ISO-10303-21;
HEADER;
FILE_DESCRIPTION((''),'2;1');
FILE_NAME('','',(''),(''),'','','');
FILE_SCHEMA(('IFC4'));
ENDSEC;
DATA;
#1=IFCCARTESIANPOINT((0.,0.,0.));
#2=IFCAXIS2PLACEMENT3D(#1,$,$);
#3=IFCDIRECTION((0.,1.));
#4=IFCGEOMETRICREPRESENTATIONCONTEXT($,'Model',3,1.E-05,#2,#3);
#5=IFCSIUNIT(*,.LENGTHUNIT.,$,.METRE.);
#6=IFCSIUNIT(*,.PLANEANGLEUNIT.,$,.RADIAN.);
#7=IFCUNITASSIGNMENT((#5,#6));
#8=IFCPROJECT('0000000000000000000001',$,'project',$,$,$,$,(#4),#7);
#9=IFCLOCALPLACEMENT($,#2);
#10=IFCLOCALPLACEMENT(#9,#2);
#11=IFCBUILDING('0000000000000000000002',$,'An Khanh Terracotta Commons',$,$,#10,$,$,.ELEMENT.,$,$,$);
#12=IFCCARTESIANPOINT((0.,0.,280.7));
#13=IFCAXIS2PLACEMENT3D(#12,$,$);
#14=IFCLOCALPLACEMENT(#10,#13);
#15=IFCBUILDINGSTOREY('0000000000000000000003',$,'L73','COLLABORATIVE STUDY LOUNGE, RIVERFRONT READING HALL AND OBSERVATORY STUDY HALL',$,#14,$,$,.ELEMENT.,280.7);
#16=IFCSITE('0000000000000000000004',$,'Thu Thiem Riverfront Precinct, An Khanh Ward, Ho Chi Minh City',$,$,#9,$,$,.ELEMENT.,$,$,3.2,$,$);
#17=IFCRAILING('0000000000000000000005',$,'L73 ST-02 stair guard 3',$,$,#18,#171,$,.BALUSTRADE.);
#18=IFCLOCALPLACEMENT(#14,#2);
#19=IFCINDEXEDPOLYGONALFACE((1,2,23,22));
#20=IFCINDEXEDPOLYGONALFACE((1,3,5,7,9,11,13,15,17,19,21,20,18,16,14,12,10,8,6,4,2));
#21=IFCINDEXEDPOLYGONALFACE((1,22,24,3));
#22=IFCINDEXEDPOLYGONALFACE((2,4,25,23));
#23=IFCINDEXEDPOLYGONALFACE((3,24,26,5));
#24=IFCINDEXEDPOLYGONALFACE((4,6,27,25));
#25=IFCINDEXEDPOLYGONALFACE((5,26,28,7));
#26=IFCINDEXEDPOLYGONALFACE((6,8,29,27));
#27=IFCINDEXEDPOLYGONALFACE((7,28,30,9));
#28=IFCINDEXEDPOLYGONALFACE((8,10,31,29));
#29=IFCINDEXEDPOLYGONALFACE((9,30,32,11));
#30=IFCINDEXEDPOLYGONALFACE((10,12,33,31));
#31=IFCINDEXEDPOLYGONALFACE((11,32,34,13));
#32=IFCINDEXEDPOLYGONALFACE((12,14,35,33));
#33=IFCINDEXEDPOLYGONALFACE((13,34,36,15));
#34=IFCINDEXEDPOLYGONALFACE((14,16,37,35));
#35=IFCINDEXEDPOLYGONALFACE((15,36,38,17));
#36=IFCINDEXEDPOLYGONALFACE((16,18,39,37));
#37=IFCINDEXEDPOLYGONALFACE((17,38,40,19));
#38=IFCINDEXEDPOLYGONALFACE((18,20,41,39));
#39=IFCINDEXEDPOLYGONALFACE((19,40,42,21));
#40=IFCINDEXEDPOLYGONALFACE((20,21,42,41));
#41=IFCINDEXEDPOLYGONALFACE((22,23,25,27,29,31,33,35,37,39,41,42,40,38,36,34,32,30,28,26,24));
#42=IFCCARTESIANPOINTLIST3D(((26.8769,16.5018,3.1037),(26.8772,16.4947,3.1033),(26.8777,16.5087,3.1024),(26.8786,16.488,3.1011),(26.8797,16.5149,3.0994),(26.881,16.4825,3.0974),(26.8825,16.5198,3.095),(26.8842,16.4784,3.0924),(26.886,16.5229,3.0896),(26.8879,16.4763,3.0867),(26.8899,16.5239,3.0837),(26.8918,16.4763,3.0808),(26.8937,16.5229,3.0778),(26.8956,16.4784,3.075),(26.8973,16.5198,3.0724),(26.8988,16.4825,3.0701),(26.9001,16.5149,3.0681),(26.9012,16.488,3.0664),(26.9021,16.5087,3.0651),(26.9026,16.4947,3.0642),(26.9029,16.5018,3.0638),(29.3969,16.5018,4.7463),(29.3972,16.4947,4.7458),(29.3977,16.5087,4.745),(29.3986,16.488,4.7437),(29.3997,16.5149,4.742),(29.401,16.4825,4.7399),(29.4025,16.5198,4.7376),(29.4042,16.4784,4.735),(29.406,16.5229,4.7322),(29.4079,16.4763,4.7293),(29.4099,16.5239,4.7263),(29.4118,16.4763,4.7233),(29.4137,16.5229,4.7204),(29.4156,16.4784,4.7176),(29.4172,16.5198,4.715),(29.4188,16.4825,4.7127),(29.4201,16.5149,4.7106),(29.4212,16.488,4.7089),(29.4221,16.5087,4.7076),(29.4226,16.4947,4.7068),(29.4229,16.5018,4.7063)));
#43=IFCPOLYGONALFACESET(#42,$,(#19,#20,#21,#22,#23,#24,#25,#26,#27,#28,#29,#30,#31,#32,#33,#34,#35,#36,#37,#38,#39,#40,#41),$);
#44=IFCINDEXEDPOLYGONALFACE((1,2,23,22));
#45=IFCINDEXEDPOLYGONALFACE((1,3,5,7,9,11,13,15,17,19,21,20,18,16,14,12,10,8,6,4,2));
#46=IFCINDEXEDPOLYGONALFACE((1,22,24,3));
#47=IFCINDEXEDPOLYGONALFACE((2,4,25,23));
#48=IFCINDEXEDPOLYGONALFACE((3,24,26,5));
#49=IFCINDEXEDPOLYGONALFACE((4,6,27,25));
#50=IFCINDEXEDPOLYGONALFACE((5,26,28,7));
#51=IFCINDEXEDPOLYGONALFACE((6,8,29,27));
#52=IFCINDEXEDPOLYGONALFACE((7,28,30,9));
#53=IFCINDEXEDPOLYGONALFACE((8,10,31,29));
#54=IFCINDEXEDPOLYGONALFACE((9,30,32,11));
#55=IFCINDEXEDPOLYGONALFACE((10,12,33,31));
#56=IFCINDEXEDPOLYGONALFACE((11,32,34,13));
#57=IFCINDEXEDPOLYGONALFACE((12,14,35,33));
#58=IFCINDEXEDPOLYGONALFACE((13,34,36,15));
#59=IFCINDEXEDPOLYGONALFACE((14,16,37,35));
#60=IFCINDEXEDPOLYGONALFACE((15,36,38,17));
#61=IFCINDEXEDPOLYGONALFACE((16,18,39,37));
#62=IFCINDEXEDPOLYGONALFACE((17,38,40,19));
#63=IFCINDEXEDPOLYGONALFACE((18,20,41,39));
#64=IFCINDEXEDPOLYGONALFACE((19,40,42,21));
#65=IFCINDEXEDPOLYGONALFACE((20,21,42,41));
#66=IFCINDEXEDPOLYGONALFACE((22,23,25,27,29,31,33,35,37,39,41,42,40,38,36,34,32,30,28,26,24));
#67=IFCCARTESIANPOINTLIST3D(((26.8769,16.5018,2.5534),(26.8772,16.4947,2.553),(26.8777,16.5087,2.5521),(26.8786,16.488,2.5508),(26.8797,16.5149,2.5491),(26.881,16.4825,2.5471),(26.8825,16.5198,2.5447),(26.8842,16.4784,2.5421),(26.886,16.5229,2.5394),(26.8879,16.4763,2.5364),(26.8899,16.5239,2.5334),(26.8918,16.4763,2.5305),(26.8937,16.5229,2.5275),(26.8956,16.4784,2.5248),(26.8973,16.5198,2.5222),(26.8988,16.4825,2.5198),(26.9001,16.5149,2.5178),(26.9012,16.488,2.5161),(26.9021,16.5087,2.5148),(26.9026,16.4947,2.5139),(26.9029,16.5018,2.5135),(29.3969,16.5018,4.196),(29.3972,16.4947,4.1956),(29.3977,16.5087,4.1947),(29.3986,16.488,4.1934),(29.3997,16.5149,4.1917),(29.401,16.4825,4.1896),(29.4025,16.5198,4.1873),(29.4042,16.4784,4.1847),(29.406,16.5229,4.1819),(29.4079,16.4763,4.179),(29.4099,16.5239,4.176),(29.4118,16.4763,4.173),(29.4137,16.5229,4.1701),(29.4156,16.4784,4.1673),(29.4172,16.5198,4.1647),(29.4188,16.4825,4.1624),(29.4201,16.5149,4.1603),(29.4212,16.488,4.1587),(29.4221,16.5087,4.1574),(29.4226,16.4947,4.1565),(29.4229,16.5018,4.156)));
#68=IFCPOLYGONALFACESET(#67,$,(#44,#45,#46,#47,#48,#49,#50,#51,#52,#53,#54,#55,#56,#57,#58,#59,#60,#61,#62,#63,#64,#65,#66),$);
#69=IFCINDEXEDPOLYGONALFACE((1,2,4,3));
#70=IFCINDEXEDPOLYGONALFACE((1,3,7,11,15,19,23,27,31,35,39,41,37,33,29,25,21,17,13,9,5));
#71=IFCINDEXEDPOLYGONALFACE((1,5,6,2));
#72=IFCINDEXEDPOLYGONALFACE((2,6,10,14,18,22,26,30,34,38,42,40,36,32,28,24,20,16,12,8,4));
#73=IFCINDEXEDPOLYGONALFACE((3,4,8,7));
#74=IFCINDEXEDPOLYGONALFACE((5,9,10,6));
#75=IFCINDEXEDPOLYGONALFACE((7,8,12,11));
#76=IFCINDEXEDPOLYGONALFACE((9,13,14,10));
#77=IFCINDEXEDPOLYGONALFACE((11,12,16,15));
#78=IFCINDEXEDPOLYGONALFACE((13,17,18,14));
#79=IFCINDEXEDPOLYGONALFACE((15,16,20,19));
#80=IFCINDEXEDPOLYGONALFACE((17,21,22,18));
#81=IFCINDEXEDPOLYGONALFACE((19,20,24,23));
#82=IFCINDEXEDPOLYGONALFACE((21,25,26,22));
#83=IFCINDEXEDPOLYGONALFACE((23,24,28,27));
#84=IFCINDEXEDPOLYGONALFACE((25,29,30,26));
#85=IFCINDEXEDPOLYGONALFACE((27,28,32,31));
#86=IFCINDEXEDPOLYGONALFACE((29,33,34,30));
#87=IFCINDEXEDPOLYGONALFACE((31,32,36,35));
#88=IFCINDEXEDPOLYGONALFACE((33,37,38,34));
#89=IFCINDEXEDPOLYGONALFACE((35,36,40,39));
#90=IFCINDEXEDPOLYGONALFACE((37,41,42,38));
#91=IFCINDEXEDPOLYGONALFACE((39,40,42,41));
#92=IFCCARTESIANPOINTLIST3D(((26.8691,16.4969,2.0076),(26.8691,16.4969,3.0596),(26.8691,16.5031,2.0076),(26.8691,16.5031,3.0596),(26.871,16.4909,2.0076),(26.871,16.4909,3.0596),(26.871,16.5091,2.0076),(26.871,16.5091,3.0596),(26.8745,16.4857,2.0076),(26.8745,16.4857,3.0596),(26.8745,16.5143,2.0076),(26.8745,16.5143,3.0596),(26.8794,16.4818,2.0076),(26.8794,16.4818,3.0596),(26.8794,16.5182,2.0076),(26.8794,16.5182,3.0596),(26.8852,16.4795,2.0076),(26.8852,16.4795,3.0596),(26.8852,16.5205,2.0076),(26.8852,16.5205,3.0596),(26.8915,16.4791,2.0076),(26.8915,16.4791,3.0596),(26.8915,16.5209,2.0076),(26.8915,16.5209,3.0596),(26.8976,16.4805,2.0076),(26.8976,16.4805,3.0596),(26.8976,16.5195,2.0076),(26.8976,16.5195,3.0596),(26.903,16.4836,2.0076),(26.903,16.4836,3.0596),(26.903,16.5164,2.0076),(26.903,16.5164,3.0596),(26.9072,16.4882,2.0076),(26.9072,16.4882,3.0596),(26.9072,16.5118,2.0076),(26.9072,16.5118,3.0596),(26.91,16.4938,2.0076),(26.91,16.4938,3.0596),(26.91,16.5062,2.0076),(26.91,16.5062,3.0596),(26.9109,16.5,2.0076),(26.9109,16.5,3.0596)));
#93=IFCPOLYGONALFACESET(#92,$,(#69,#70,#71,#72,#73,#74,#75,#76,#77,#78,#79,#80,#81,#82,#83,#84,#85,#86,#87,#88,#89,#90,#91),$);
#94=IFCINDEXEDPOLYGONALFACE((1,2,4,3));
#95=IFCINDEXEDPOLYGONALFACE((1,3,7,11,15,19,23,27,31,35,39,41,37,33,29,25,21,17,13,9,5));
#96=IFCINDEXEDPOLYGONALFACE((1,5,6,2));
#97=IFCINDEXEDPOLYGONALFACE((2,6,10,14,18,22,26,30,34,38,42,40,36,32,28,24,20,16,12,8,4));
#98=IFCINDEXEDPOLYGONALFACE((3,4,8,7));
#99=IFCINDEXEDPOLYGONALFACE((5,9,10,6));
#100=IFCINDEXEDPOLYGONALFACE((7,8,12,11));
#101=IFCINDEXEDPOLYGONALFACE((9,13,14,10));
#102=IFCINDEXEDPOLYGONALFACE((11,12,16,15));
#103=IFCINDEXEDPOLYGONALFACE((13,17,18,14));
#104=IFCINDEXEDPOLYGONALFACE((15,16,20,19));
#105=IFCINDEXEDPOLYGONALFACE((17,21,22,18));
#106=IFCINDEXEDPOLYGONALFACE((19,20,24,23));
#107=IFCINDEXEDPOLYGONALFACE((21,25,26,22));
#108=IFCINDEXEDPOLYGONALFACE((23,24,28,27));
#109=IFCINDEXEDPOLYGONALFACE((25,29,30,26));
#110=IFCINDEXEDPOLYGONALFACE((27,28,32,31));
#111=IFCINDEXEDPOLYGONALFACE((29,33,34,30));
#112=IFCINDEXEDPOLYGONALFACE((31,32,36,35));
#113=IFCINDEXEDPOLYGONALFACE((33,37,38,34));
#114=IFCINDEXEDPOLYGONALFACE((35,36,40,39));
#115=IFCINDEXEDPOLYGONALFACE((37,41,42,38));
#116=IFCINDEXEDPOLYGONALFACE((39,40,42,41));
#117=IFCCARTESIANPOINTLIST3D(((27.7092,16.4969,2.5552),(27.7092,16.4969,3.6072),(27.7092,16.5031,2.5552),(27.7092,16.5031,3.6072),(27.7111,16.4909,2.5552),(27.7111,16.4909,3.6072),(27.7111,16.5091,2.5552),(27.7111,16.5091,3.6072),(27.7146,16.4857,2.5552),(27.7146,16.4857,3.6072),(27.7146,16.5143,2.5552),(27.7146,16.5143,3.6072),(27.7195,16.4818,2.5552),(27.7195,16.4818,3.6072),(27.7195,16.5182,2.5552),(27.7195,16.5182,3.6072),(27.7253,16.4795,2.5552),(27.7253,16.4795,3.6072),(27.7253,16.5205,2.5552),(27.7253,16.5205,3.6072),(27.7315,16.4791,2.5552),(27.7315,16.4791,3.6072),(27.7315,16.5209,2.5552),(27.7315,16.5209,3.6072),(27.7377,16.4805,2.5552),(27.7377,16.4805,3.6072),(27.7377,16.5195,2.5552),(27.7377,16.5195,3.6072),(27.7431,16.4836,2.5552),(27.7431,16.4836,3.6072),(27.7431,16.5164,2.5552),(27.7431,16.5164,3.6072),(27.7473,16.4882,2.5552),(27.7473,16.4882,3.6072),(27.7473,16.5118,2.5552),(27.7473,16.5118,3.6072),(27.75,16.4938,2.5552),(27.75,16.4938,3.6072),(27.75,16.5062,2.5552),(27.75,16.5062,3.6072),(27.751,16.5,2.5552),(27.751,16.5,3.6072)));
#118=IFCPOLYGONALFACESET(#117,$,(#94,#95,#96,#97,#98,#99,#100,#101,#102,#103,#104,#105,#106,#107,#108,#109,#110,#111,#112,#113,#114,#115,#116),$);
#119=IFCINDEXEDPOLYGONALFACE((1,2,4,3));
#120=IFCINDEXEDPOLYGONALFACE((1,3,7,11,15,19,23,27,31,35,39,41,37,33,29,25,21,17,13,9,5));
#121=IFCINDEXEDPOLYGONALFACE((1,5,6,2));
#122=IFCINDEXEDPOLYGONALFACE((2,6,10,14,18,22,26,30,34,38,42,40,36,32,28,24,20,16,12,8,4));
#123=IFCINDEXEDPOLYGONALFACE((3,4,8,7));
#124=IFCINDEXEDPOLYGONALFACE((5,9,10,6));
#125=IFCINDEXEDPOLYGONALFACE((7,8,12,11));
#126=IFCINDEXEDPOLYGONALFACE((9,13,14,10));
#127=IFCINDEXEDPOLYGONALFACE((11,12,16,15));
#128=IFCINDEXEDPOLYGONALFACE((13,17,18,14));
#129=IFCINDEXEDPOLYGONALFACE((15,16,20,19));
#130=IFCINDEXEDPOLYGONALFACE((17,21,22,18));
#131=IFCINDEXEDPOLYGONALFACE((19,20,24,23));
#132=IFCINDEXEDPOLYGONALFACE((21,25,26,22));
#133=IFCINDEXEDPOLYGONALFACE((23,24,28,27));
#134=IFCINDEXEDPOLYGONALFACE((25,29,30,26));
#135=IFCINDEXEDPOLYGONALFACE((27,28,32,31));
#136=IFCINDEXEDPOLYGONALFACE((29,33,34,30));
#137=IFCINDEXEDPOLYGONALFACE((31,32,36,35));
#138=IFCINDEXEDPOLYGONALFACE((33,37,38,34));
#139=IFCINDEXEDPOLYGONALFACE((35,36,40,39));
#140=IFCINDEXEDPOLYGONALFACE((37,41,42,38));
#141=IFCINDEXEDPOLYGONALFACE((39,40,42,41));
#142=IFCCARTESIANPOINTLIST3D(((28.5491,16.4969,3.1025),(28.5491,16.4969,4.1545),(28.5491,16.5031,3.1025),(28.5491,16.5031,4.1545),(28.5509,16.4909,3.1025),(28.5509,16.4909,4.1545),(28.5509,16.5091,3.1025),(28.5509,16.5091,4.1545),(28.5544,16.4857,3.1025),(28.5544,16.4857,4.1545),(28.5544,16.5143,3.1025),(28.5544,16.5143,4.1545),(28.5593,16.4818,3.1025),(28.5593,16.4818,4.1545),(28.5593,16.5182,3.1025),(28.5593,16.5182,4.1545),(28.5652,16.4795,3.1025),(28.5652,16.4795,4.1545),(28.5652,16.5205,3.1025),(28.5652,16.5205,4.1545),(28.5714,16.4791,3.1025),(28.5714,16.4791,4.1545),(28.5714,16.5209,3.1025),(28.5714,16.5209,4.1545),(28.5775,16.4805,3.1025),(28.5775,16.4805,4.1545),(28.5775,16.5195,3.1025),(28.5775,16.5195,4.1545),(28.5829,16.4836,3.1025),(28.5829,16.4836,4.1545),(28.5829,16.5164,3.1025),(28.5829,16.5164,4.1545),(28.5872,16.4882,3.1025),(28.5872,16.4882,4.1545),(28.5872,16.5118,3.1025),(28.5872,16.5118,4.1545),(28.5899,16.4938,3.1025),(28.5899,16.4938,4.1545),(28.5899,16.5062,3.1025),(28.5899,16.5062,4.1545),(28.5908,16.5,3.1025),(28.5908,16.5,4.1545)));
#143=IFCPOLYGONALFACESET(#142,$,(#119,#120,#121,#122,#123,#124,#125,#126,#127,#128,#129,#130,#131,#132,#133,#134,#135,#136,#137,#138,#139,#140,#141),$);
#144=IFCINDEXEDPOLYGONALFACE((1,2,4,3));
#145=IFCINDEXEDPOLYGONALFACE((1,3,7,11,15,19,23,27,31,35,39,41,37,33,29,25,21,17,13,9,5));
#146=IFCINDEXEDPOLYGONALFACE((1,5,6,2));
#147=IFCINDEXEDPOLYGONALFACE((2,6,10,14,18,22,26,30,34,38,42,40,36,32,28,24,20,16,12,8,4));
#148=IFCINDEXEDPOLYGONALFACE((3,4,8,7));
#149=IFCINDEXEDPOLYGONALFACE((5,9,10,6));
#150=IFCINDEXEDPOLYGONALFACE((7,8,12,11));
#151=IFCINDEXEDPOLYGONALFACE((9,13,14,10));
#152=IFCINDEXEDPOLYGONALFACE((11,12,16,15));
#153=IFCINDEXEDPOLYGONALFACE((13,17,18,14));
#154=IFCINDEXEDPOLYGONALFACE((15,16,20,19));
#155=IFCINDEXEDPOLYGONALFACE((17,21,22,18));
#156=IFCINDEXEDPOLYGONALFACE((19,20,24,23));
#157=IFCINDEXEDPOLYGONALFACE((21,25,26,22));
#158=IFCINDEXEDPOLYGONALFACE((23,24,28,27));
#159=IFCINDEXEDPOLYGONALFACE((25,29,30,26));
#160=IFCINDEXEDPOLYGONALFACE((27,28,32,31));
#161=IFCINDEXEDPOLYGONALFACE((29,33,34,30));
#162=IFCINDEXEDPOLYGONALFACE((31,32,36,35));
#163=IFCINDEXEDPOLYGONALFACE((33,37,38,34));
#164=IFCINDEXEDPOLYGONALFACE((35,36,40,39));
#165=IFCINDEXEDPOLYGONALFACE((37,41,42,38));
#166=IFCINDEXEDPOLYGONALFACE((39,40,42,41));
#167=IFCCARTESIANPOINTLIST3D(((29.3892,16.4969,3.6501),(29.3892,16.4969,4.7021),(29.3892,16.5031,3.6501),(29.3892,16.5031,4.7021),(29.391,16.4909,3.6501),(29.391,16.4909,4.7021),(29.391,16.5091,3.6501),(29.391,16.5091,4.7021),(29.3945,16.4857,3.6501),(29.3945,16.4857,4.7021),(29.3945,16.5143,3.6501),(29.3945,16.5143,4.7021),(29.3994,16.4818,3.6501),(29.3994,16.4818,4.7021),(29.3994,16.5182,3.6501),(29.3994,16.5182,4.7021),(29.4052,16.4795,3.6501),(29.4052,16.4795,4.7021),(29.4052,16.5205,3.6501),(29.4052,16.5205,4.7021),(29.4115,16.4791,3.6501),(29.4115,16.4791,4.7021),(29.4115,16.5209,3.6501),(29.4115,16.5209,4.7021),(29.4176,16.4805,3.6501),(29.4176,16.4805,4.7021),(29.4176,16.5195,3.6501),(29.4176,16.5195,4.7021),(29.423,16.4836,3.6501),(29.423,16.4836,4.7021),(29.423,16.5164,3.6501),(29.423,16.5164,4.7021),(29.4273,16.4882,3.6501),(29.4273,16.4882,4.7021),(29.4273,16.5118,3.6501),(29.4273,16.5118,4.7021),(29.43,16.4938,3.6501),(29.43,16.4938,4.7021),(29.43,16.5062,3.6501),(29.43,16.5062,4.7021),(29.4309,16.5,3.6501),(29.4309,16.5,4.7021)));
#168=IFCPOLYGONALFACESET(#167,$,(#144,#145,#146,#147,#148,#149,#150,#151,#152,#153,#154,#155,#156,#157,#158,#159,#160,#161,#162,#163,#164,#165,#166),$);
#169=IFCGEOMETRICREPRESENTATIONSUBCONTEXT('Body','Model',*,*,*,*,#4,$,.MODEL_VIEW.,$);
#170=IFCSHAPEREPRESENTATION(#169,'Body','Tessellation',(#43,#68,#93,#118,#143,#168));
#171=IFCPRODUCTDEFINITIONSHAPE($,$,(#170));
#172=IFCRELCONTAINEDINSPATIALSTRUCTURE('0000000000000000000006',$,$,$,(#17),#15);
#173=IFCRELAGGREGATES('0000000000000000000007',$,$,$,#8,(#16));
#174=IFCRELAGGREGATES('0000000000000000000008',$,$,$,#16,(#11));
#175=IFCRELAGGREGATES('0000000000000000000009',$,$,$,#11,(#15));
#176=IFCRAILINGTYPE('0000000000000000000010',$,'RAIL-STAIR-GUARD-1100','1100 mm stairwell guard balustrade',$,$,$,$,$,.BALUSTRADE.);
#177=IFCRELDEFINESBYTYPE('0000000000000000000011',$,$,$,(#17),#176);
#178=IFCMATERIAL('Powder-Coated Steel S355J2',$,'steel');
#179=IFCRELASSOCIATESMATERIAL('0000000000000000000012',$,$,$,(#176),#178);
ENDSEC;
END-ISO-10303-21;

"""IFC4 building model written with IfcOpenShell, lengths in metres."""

from ifc_helpers import new_model, si_unit, direction, frame, origin, origin_2d, place, context, subcontext, project, spatial, circle, extrude, material, type_object, element, save


model = new_model("IFC4")

# Units and contexts
model_context = context("Model", 3, precision=1e-05, world=origin(), true_north=direction((0.0, 1.0)))
body_context = subcontext(model_context, "Body", "Model", "MODEL_VIEW")
ifc_project = project(units=[si_unit("LENGTHUNIT", "METRE"), si_unit("PLANEANGLEUNIT", "RADIAN")], contexts=[model_context])

# Site, building, storey
site_placement = place(None, origin())
site = spatial("IfcSite", under=ifc_project, at=site_placement, Name="Thu Thiem Riverfront Precinct, An Khanh Ward, Ho Chi Minh City", CompositionType="ELEMENT", RefElevation=3.2)
building_placement = place(site_placement, origin())
building = spatial("IfcBuilding", under=site, at=building_placement, Name="An Khanh Terracotta Commons", CompositionType="ELEMENT")
storey_placement = place(building_placement, frame((0.0, 0.0, 280.7)))
storey = spatial("IfcBuildingStorey", under=building, at=storey_placement, Name="L73", Description="COLLABORATIVE STUDY LOUNGE, RIVERFRONT READING HALL AND OBSERVATORY STUDY HALL", CompositionType="ELEMENT", Elevation=280.7)

# Railing
ifc_material_1 = material(Name="Powder-Coated Steel S355J2", Category="steel")
railing_type_1 = type_object("IfcRailingType", Name="RAIL-STAIR-GUARD-1100", Description="1100 mm stairwell guard balustrade", PredefinedType="BALUSTRADE", material=ifc_material_1)
railing_1_placement = place(storey_placement, frame((26.8899, 16.5, 2.0076)))
element("IfcRailing", 1, at=railing_1_placement, inside=storey, type_object=railing_type_1, Name="L73 ST-02 stair guard 3", PredefinedType="BALUSTRADE", context=body_context, shape_type="SweptSolid", body=[
    extrude(circle(Radius=0.0239, at=origin_2d()), frame((0.0, 0.0, 1.0762), z_axis=(0.837749, 0.0, 0.546055), x_axis=(0.0, 1.0, 0.0)), (0.0, 0.0, 1.0), 3.0081),
    extrude(circle(Radius=0.0239, at=origin_2d()), frame((0.0, 0.0, 0.5259), z_axis=(0.837749, 0.0, 0.546055), x_axis=(0.0, 1.0, 0.0)), (0.0, 0.0, 1.0), 3.0081),
    extrude(circle(Radius=0.021, at=origin_2d()), origin(), (0.0, 0.0, 1.0), 1.052),
    extrude(circle(Radius=0.021, at=origin_2d()), frame((0.8401, 0.0, 0.5476)), (0.0, 0.0, 1.0), 1.052),
    extrude(circle(Radius=0.021, at=origin_2d()), frame((1.6799, 0.0, 1.095)), (0.0, 0.0, 1.0), 1.052),
    extrude(circle(Radius=0.021, at=origin_2d()), frame((2.52, 0.0, 1.6426)), (0.0, 0.0, 1.0), 1.052),
])

save(model, "model.ifc")
